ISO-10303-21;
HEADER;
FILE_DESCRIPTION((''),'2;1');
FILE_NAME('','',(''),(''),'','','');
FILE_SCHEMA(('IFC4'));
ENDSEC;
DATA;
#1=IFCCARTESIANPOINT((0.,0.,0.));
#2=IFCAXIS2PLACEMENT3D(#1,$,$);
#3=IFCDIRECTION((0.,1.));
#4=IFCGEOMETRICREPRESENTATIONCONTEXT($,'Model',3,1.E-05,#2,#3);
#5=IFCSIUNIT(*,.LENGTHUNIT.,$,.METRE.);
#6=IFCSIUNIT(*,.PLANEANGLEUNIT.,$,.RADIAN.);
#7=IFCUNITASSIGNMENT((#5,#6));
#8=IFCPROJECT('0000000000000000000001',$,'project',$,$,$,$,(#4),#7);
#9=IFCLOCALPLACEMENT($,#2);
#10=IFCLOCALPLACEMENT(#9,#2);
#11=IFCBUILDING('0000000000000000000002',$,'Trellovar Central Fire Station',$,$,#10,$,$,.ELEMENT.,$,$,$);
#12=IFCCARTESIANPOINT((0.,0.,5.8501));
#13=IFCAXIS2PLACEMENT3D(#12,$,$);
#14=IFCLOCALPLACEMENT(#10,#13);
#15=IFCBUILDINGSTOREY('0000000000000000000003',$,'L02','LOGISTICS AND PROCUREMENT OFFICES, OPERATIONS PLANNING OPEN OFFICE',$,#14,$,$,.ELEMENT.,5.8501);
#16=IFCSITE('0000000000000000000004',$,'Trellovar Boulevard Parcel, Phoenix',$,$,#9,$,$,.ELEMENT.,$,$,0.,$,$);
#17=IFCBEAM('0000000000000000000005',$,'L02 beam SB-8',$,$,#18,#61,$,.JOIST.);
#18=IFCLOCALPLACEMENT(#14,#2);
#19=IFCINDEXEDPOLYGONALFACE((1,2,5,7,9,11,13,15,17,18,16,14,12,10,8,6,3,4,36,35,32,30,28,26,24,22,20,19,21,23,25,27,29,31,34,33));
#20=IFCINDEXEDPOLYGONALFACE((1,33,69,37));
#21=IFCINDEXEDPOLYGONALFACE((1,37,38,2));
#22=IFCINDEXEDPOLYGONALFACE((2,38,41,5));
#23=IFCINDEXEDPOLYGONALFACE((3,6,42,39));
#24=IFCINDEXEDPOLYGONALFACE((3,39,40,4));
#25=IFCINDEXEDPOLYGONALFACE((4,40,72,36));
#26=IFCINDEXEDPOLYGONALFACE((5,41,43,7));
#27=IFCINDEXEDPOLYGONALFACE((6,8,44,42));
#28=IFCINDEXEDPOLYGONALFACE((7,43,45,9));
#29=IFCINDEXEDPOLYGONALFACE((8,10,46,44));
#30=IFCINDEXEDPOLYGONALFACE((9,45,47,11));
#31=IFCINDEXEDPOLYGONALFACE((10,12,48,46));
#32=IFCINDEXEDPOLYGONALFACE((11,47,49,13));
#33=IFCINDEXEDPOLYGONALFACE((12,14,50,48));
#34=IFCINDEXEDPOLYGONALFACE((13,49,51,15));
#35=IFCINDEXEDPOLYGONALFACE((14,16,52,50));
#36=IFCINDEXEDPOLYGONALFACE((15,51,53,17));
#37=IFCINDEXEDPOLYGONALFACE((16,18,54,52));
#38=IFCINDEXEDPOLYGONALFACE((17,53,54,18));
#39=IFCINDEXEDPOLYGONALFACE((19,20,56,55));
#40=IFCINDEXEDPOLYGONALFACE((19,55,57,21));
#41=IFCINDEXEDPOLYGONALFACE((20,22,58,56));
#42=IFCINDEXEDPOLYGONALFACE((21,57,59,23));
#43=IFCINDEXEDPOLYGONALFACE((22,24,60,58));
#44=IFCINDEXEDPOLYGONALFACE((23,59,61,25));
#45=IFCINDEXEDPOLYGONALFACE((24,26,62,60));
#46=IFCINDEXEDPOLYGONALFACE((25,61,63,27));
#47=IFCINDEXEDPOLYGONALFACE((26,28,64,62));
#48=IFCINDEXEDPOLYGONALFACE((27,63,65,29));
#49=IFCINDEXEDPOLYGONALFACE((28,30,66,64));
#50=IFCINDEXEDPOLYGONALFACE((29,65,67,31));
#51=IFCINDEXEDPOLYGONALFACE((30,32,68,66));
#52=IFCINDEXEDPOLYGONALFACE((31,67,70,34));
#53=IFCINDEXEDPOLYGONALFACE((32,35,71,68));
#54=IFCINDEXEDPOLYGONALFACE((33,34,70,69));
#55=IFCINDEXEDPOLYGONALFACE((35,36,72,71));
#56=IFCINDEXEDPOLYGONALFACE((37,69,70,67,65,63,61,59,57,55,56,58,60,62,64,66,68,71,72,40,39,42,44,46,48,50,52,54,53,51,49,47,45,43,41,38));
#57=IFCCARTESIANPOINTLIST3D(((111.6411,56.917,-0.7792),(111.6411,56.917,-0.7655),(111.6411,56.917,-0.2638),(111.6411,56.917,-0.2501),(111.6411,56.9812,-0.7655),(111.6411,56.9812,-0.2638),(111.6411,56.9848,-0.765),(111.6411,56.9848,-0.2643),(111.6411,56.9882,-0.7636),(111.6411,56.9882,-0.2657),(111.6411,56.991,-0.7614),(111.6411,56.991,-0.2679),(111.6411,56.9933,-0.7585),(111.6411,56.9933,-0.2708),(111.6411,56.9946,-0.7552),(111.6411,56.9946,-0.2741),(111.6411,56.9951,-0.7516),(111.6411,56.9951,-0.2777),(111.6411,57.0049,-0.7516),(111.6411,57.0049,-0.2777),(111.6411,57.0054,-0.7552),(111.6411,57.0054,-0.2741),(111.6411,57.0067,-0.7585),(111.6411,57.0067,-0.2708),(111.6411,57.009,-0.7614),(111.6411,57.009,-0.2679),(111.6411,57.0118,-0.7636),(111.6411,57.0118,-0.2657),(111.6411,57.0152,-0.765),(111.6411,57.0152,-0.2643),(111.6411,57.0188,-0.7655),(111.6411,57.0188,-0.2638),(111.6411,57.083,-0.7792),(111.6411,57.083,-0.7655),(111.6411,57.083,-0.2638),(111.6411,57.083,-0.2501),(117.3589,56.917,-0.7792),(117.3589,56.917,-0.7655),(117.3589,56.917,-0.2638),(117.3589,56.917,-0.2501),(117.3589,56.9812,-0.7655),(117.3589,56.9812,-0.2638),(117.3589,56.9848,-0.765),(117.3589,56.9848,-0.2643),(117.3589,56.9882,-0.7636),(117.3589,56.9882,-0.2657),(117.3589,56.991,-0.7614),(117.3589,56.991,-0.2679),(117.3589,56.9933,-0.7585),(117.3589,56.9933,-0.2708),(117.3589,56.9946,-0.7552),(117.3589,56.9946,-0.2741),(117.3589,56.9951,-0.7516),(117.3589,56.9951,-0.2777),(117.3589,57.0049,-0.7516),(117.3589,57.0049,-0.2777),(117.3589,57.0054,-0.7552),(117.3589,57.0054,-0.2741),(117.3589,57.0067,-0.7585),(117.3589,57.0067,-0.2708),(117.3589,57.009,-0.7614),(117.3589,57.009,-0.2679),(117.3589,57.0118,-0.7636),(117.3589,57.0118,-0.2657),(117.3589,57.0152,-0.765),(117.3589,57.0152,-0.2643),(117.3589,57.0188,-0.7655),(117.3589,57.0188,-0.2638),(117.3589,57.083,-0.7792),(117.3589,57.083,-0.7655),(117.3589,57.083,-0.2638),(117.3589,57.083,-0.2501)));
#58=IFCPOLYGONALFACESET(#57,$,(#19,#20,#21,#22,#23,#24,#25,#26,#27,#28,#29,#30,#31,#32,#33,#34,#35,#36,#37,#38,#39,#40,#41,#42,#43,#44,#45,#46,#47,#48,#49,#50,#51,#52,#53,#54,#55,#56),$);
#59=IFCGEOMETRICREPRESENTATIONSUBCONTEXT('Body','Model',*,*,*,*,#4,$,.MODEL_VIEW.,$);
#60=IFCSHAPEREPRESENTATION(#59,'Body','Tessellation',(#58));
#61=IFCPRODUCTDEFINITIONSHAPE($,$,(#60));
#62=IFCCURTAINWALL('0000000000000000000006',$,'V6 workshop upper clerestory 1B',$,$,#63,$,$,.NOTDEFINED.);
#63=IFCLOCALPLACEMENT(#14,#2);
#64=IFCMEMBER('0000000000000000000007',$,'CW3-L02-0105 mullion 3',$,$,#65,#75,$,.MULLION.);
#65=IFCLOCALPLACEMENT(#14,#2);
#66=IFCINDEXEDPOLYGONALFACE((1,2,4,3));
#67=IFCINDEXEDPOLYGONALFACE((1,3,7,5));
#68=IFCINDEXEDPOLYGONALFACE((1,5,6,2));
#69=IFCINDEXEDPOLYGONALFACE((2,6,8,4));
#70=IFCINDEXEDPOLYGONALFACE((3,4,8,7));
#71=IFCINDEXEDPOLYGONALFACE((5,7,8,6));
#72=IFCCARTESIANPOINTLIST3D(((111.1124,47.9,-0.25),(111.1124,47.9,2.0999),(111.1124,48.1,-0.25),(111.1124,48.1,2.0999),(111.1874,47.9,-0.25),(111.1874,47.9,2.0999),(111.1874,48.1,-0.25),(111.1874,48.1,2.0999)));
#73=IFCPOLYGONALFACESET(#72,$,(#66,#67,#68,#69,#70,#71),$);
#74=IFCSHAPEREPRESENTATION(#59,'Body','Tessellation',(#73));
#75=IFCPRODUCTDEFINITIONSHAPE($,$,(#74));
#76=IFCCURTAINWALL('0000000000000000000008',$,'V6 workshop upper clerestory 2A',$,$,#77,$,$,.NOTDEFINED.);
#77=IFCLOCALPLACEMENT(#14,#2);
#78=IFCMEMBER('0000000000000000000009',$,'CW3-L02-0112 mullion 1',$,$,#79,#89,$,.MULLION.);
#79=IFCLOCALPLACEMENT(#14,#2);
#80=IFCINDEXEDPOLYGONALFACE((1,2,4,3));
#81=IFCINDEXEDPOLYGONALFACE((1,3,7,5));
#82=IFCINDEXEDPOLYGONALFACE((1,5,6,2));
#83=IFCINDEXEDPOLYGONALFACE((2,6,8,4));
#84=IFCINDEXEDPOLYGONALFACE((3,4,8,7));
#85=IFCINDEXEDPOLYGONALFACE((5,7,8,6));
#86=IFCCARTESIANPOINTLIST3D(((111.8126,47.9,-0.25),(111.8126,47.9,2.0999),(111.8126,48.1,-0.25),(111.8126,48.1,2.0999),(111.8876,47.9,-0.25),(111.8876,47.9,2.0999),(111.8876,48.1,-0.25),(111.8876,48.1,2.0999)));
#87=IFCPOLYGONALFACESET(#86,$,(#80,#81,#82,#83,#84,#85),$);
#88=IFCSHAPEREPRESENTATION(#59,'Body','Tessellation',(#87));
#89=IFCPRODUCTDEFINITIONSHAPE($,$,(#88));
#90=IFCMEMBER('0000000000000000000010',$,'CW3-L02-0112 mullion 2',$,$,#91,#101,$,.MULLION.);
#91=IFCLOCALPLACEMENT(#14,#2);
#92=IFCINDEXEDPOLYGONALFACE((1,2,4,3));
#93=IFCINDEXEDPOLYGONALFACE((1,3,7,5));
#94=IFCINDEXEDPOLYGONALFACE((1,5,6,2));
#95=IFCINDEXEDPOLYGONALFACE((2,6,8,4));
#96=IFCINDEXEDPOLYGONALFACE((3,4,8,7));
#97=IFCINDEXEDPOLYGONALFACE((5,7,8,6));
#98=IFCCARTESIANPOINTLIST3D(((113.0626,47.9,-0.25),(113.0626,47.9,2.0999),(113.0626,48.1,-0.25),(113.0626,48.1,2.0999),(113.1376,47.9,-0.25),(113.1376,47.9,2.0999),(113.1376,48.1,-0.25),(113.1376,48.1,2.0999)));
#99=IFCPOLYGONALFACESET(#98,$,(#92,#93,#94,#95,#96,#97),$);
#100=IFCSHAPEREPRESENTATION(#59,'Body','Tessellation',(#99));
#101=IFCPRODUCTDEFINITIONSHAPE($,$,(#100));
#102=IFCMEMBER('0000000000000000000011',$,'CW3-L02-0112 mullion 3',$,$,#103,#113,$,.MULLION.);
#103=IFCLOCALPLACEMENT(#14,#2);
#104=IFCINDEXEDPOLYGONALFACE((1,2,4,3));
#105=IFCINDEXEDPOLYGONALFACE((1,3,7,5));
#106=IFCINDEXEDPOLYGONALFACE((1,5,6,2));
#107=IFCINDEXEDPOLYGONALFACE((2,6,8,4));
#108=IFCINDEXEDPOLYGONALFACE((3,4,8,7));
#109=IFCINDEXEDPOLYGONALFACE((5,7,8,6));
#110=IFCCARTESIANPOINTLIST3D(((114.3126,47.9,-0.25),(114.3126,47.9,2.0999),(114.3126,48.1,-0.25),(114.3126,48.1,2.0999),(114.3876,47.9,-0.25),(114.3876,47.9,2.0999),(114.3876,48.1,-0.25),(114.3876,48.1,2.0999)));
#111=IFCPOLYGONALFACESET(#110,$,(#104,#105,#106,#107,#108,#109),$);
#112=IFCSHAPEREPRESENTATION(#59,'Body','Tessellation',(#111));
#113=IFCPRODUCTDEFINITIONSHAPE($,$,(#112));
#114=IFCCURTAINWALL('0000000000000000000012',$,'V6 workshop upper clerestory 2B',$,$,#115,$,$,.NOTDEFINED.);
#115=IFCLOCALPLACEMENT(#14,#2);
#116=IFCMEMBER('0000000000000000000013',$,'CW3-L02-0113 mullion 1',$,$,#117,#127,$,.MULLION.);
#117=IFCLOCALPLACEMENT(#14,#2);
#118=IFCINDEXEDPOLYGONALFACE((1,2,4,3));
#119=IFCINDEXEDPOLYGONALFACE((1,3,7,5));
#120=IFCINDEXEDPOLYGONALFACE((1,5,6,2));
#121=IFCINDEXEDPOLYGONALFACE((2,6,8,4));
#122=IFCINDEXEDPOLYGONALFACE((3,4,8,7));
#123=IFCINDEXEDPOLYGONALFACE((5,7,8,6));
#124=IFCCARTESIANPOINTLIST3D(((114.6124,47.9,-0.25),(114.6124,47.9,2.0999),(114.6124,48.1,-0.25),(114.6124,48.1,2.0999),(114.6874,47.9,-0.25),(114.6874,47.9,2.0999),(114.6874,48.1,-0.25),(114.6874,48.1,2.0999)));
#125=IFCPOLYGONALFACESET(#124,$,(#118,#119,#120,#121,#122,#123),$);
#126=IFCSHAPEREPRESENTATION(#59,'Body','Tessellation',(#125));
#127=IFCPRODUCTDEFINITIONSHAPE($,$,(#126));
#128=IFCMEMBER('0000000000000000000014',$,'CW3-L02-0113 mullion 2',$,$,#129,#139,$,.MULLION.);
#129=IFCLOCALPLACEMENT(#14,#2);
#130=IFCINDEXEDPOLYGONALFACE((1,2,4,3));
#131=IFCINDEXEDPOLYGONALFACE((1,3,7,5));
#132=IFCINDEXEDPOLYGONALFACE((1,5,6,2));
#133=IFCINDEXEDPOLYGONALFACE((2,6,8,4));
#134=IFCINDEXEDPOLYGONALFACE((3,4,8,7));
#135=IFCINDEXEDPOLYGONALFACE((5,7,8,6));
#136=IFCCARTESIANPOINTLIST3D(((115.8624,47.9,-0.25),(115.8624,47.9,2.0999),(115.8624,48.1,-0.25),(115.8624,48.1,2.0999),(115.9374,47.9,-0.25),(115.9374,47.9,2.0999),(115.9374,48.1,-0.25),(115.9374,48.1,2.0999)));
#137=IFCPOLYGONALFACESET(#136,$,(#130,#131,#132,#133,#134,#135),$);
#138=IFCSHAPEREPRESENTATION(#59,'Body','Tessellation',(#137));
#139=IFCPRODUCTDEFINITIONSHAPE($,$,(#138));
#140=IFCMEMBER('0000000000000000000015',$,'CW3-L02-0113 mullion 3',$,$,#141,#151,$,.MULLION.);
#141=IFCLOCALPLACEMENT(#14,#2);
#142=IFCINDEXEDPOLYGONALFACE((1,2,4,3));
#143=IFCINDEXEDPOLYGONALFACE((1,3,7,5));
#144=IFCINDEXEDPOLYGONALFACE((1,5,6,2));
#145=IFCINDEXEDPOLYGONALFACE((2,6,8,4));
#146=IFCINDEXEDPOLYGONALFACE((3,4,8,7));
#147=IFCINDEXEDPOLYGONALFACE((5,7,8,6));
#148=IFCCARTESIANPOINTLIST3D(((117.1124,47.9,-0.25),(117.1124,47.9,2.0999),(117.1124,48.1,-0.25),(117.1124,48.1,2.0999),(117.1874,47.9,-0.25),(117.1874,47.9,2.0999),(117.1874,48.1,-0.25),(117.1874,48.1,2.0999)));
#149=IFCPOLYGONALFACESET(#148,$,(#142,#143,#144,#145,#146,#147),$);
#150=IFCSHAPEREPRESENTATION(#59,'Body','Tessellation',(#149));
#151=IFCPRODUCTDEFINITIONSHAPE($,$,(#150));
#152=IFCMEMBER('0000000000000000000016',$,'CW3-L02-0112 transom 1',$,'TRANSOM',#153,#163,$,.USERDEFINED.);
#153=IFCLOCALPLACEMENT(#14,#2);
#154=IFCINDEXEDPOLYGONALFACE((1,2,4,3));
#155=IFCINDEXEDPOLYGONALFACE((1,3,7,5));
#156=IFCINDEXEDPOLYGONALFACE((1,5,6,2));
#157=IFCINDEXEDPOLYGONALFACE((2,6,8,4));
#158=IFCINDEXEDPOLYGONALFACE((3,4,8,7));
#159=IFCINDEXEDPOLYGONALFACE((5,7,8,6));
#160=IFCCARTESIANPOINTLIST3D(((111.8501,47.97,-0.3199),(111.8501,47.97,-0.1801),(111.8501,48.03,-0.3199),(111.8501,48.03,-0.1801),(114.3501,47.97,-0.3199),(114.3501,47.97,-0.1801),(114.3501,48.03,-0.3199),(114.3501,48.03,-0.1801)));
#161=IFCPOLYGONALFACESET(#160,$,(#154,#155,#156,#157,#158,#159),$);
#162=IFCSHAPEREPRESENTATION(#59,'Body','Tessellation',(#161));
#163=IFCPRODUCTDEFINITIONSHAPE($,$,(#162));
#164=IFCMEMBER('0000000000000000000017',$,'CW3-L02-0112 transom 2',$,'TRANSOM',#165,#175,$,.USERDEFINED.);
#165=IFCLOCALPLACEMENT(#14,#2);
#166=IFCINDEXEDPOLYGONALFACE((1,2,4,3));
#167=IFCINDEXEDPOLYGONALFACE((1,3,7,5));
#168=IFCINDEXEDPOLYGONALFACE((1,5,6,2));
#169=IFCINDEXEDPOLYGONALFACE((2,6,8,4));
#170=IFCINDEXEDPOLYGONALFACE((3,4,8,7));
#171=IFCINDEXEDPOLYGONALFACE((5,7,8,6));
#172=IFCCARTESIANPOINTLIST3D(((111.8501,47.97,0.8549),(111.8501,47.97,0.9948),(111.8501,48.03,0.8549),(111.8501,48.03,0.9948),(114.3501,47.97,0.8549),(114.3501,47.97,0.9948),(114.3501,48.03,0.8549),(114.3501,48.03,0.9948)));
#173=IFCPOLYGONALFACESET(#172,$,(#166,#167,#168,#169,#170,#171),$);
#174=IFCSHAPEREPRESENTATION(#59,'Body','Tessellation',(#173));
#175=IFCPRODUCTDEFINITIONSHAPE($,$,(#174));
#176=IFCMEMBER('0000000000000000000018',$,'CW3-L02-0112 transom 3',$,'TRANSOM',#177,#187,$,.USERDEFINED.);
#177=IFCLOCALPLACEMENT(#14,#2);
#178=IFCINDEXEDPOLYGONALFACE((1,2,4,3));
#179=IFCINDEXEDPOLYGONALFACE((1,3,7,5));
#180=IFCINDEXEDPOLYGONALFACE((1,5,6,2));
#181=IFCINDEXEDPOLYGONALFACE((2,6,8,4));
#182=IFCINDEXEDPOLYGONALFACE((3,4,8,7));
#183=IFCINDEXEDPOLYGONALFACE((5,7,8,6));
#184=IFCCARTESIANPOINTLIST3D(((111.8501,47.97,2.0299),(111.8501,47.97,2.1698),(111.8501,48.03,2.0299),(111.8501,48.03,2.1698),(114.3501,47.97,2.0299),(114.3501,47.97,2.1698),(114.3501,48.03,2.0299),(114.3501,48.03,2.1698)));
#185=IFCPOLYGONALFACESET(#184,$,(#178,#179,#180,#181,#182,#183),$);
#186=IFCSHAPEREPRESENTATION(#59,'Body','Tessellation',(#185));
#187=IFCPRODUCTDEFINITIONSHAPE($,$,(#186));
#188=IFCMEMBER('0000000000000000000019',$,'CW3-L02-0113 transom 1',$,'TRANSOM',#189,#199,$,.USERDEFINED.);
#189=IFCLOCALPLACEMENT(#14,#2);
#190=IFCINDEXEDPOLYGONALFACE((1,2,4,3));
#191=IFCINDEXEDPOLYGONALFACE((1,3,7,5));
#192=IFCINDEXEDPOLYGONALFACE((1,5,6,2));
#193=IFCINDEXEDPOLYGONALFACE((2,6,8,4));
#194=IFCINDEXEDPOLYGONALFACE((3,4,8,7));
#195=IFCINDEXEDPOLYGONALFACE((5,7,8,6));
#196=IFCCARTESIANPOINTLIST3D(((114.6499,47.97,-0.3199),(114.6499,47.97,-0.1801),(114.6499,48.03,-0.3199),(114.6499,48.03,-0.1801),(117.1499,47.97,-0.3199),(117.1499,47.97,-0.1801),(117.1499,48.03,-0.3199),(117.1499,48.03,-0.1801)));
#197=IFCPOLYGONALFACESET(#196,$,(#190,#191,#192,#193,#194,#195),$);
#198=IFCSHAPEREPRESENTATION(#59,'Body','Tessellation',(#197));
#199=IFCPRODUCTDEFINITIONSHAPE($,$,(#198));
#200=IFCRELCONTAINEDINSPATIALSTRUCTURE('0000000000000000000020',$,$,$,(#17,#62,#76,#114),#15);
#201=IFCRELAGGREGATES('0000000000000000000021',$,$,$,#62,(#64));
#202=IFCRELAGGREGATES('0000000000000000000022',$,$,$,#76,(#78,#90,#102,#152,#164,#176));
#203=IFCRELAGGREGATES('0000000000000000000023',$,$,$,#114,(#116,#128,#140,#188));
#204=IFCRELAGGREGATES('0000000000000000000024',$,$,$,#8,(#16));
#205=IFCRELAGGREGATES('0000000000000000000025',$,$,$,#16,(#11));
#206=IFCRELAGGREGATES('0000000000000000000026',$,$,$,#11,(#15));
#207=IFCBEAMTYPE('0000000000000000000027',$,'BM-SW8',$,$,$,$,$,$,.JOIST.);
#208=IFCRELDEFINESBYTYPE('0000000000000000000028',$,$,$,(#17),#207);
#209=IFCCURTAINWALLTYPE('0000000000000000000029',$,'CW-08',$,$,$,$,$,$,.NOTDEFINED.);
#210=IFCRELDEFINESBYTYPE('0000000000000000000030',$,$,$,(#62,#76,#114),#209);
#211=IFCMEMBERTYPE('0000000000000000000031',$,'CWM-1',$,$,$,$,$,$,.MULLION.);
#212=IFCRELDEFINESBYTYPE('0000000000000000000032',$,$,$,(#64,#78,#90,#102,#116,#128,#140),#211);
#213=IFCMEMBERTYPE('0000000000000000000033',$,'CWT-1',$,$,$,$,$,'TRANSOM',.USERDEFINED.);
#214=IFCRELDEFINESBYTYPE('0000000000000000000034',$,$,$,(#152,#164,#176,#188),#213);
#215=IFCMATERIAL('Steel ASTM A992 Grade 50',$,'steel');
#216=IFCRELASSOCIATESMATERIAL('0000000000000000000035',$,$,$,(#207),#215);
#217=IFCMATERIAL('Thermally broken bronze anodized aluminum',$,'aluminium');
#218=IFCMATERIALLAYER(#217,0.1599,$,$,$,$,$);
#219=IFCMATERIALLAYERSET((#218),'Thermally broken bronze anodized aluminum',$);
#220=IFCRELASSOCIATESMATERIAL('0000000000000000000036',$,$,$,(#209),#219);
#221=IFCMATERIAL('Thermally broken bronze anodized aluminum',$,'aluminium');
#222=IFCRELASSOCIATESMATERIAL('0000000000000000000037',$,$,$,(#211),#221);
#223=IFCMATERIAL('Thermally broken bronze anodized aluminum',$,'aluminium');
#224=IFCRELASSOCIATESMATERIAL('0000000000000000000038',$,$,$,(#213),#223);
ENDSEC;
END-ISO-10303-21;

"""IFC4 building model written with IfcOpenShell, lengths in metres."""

from ifc_helpers import new_model, si_unit, direction, frame, origin, origin_2d, place, context, subcontext, project, spatial, rectangle, i_section, extrude, material, layer, layer_set, material_profile, profile_set, type_object, element, aggregate, save


model = new_model("IFC4")

# Units and contexts
model_context = context("Model", 3, precision=1e-05, world=origin(), true_north=direction((0.0, 1.0)))
body_context = subcontext(model_context, "Body", "Model", "MODEL_VIEW")
ifc_project = project(units=[si_unit("LENGTHUNIT", "METRE"), si_unit("PLANEANGLEUNIT", "RADIAN")], contexts=[model_context])

# Site, building, storey
site_placement = place(None, origin())
site = spatial("IfcSite", under=ifc_project, at=site_placement, Name="Trellovar Boulevard Parcel, Phoenix", CompositionType="ELEMENT", RefElevation=0.0)
building_placement = place(site_placement, origin())
building = spatial("IfcBuilding", under=site, at=building_placement, Name="Trellovar Central Fire Station", CompositionType="ELEMENT")
storey_placement = place(building_placement, frame((0.0, 0.0, 5.8501)))
storey = spatial("IfcBuildingStorey", under=building, at=storey_placement, Name="L02", Description="LOGISTICS AND PROCUREMENT OFFICES, OPERATIONS PLANNING OPEN OFFICE", CompositionType="ELEMENT", Elevation=5.8501)

# Beam
ifc_material_1 = material(Name="Steel ASTM A992 Grade 50", Category="steel")
ifc_material_profile_1 = material_profile(ifc_material_1, i_section(OverallWidth=0.166, OverallDepth=0.5291, WebThickness=0.0098, FlangeThickness=0.0137, FilletRadius=0.0139, at=origin_2d()), Name="W21X50")
ifc_profile_set_1 = profile_set([ifc_material_profile_1], Name="Steel ASTM A992 Grade 50")
beam_type_1 = type_object("IfcBeamType", Name="BM-SW8", PredefinedType="JOIST", material=ifc_profile_set_1)
for number, where, z_axis, x_axis, name in (
    (1, (111.6411, 57.0, -0.5146), (1.0, 0.0, 0.0), (0.0, 1.0, 0.0), "L02 beam SB-8"),
):
    element("IfcBeam", number, at=place(storey_placement, frame(where, z_axis=z_axis, x_axis=x_axis)), inside=storey, type_object=beam_type_1, Name=name, PredefinedType="JOIST", context=body_context, shape_type="SweptSolid", body=[
        extrude(i_section(OverallWidth=0.166, OverallDepth=0.5291, WebThickness=0.0098, FlangeThickness=0.0137, FilletRadius=0.0139, at=origin_2d()), origin(), (0.0, 0.0, 1.0), 5.7178),
    ])

# Curtain wall, member
ifc_material_2 = material(Name="Thermally broken bronze anodized aluminum", Category="aluminium")
ifc_layer_1 = layer(ifc_material_2, 0.1599)
ifc_layer_set_1 = layer_set([ifc_layer_1], Name="Thermally broken bronze anodized aluminum")
curtain_wall_type = type_object("IfcCurtainWallType", Name="CW-08", PredefinedType="NOTDEFINED", material=ifc_layer_set_1)
curtain_wall_1_placement = place(storey_placement, origin())
curtain_wall_1 = element("IfcCurtainWall", 2, at=curtain_wall_1_placement, inside=storey, type_object=curtain_wall_type, Name="V6 workshop upper clerestory 1B", PredefinedType="NOTDEFINED")
ifc_material_3 = material(Name="Thermally broken bronze anodized aluminum", Category="aluminium")
ifc_material_profile_2 = material_profile(ifc_material_3, rectangle(XDim=0.075, YDim=0.2, at=origin_2d()), Name="ALU75X200")
ifc_profile_set_2 = profile_set([ifc_material_profile_2], Name="Thermally broken bronze anodized aluminum")
member_type_1 = type_object("IfcMemberType", Name="CWM-1", PredefinedType="MULLION", material=ifc_profile_set_2)
member_1_placement = place(storey_placement, frame((111.1499, 48.0, -0.25), z_axis=(0.0, 0.0, 1.0), x_axis=(1.0, 0.0, 0.0)))
member_1 = element("IfcMember", 3, at=member_1_placement, type_object=member_type_1, Name="CW3-L02-0105 mullion 3", PredefinedType="MULLION", context=body_context, shape_type="SweptSolid", body=[
    extrude(rectangle(XDim=0.075, YDim=0.2, at=origin_2d()), origin(), (0.0, 0.0, 1.0), 2.3499),
])

# Curtain walls, members
curtain_wall_2_placement = place(storey_placement, origin())
curtain_wall_2 = element("IfcCurtainWall", 4, at=curtain_wall_2_placement, inside=storey, type_object=curtain_wall_type, Name="V6 workshop upper clerestory 2A", PredefinedType="NOTDEFINED")
member_2_placement = place(storey_placement, frame((111.8501, 48.0, -0.25), z_axis=(0.0, 0.0, 1.0), x_axis=(1.0, 0.0, 0.0)))
member_2 = element("IfcMember", 5, at=member_2_placement, type_object=member_type_1, Name="CW3-L02-0112 mullion 1", PredefinedType="MULLION", context=body_context, shape_type="SweptSolid", body=[
    extrude(rectangle(XDim=0.075, YDim=0.2, at=origin_2d()), origin(), (0.0, 0.0, 1.0), 2.3499),
])
member_3_placement = place(storey_placement, frame((113.1001, 48.0, -0.25), z_axis=(0.0, 0.0, 1.0), x_axis=(1.0, 0.0, 0.0)))
member_3 = element("IfcMember", 6, at=member_3_placement, type_object=member_type_1, Name="CW3-L02-0112 mullion 2", PredefinedType="MULLION", context=body_context, shape_type="SweptSolid", body=[
    extrude(rectangle(XDim=0.075, YDim=0.2, at=origin_2d()), origin(), (0.0, 0.0, 1.0), 2.3499),
])
member_4_placement = place(storey_placement, frame((114.3501, 48.0, -0.25), z_axis=(0.0, 0.0, 1.0), x_axis=(1.0, 0.0, 0.0)))
member_4 = element("IfcMember", 7, at=member_4_placement, type_object=member_type_1, Name="CW3-L02-0112 mullion 3", PredefinedType="MULLION", context=body_context, shape_type="SweptSolid", body=[
    extrude(rectangle(XDim=0.075, YDim=0.2, at=origin_2d()), origin(), (0.0, 0.0, 1.0), 2.3499),
])
curtain_wall_3_placement = place(storey_placement, origin())
curtain_wall_3 = element("IfcCurtainWall", 8, at=curtain_wall_3_placement, inside=storey, type_object=curtain_wall_type, Name="V6 workshop upper clerestory 2B", PredefinedType="NOTDEFINED")
member_5_placement = place(storey_placement, frame((114.6499, 48.0, -0.25), z_axis=(0.0, 0.0, 1.0), x_axis=(1.0, 0.0, 0.0)))
member_5 = element("IfcMember", 9, at=member_5_placement, type_object=member_type_1, Name="CW3-L02-0113 mullion 1", PredefinedType="MULLION", context=body_context, shape_type="SweptSolid", body=[
    extrude(rectangle(XDim=0.075, YDim=0.2, at=origin_2d()), origin(), (0.0, 0.0, 1.0), 2.3499),
])
member_6_placement = place(storey_placement, frame((115.8999, 48.0, -0.25), z_axis=(0.0, 0.0, 1.0), x_axis=(1.0, 0.0, 0.0)))
member_6 = element("IfcMember", 10, at=member_6_placement, type_object=member_type_1, Name="CW3-L02-0113 mullion 2", PredefinedType="MULLION", context=body_context, shape_type="SweptSolid", body=[
    extrude(rectangle(XDim=0.075, YDim=0.2, at=origin_2d()), origin(), (0.0, 0.0, 1.0), 2.3499),
])
member_7_placement = place(storey_placement, frame((117.1499, 48.0, -0.25), z_axis=(0.0, 0.0, 1.0), x_axis=(1.0, 0.0, 0.0)))
member_7 = element("IfcMember", 11, at=member_7_placement, type_object=member_type_1, Name="CW3-L02-0113 mullion 3", PredefinedType="MULLION", context=body_context, shape_type="SweptSolid", body=[
    extrude(rectangle(XDim=0.075, YDim=0.2, at=origin_2d()), origin(), (0.0, 0.0, 1.0), 2.3499),
])

# Members
ifc_material_4 = material(Name="Thermally broken bronze anodized aluminum", Category="aluminium")
ifc_material_profile_3 = material_profile(ifc_material_4, rectangle(XDim=0.0601, YDim=0.1399, at=origin_2d()), Name="ALU60X140")
ifc_profile_set_3 = profile_set([ifc_material_profile_3], Name="Thermally broken bronze anodized aluminum")
member_type_2 = type_object("IfcMemberType", Name="CWT-1", ElementType="TRANSOM", PredefinedType="USERDEFINED", material=ifc_profile_set_3)
member_8_placement = place(storey_placement, frame((111.8501, 48.0, -0.25), z_axis=(1.0, 0.0, 0.0), x_axis=(0.0, 1.0, 0.0)))
member_8 = element("IfcMember", 12, at=member_8_placement, type_object=member_type_2, Name="CW3-L02-0112 transom 1", ObjectType="TRANSOM", PredefinedType="USERDEFINED", context=body_context, shape_type="SweptSolid", body=[
    extrude(rectangle(XDim=0.0601, YDim=0.1399, at=origin_2d()), origin(), (0.0, 0.0, 1.0), 2.5),
])
member_9_placement = place(storey_placement, frame((111.8501, 48.0, 0.9248), z_axis=(1.0, 0.0, 0.0), x_axis=(0.0, 1.0, 0.0)))
member_9 = element("IfcMember", 13, at=member_9_placement, type_object=member_type_2, Name="CW3-L02-0112 transom 2", ObjectType="TRANSOM", PredefinedType="USERDEFINED", context=body_context, shape_type="SweptSolid", body=[
    extrude(rectangle(XDim=0.0601, YDim=0.1399, at=origin_2d()), origin(), (0.0, 0.0, 1.0), 2.5),
])
member_10_placement = place(storey_placement, frame((111.8501, 48.0, 2.0999), z_axis=(1.0, 0.0, 0.0), x_axis=(0.0, 1.0, 0.0)))
member_10 = element("IfcMember", 14, at=member_10_placement, type_object=member_type_2, Name="CW3-L02-0112 transom 3", ObjectType="TRANSOM", PredefinedType="USERDEFINED", context=body_context, shape_type="SweptSolid", body=[
    extrude(rectangle(XDim=0.0601, YDim=0.1399, at=origin_2d()), origin(), (0.0, 0.0, 1.0), 2.5),
])
member_11_placement = place(storey_placement, frame((114.6499, 48.0, -0.25), z_axis=(1.0, 0.0, 0.0), x_axis=(0.0, 1.0, 0.0)))
member_11 = element("IfcMember", 15, at=member_11_placement, type_object=member_type_2, Name="CW3-L02-0113 transom 1", ObjectType="TRANSOM", PredefinedType="USERDEFINED", context=body_context, shape_type="SweptSolid", body=[
    extrude(rectangle(XDim=0.0601, YDim=0.1399, at=origin_2d()), origin(), (0.0, 0.0, 1.0), 2.5),
])

aggregate(curtain_wall_1, [member_1])
aggregate(curtain_wall_2, [member_2, member_3, member_4, member_8, member_9, member_10])
aggregate(curtain_wall_3, [member_5, member_6, member_7, member_11])

save(model, "model.ifc")
